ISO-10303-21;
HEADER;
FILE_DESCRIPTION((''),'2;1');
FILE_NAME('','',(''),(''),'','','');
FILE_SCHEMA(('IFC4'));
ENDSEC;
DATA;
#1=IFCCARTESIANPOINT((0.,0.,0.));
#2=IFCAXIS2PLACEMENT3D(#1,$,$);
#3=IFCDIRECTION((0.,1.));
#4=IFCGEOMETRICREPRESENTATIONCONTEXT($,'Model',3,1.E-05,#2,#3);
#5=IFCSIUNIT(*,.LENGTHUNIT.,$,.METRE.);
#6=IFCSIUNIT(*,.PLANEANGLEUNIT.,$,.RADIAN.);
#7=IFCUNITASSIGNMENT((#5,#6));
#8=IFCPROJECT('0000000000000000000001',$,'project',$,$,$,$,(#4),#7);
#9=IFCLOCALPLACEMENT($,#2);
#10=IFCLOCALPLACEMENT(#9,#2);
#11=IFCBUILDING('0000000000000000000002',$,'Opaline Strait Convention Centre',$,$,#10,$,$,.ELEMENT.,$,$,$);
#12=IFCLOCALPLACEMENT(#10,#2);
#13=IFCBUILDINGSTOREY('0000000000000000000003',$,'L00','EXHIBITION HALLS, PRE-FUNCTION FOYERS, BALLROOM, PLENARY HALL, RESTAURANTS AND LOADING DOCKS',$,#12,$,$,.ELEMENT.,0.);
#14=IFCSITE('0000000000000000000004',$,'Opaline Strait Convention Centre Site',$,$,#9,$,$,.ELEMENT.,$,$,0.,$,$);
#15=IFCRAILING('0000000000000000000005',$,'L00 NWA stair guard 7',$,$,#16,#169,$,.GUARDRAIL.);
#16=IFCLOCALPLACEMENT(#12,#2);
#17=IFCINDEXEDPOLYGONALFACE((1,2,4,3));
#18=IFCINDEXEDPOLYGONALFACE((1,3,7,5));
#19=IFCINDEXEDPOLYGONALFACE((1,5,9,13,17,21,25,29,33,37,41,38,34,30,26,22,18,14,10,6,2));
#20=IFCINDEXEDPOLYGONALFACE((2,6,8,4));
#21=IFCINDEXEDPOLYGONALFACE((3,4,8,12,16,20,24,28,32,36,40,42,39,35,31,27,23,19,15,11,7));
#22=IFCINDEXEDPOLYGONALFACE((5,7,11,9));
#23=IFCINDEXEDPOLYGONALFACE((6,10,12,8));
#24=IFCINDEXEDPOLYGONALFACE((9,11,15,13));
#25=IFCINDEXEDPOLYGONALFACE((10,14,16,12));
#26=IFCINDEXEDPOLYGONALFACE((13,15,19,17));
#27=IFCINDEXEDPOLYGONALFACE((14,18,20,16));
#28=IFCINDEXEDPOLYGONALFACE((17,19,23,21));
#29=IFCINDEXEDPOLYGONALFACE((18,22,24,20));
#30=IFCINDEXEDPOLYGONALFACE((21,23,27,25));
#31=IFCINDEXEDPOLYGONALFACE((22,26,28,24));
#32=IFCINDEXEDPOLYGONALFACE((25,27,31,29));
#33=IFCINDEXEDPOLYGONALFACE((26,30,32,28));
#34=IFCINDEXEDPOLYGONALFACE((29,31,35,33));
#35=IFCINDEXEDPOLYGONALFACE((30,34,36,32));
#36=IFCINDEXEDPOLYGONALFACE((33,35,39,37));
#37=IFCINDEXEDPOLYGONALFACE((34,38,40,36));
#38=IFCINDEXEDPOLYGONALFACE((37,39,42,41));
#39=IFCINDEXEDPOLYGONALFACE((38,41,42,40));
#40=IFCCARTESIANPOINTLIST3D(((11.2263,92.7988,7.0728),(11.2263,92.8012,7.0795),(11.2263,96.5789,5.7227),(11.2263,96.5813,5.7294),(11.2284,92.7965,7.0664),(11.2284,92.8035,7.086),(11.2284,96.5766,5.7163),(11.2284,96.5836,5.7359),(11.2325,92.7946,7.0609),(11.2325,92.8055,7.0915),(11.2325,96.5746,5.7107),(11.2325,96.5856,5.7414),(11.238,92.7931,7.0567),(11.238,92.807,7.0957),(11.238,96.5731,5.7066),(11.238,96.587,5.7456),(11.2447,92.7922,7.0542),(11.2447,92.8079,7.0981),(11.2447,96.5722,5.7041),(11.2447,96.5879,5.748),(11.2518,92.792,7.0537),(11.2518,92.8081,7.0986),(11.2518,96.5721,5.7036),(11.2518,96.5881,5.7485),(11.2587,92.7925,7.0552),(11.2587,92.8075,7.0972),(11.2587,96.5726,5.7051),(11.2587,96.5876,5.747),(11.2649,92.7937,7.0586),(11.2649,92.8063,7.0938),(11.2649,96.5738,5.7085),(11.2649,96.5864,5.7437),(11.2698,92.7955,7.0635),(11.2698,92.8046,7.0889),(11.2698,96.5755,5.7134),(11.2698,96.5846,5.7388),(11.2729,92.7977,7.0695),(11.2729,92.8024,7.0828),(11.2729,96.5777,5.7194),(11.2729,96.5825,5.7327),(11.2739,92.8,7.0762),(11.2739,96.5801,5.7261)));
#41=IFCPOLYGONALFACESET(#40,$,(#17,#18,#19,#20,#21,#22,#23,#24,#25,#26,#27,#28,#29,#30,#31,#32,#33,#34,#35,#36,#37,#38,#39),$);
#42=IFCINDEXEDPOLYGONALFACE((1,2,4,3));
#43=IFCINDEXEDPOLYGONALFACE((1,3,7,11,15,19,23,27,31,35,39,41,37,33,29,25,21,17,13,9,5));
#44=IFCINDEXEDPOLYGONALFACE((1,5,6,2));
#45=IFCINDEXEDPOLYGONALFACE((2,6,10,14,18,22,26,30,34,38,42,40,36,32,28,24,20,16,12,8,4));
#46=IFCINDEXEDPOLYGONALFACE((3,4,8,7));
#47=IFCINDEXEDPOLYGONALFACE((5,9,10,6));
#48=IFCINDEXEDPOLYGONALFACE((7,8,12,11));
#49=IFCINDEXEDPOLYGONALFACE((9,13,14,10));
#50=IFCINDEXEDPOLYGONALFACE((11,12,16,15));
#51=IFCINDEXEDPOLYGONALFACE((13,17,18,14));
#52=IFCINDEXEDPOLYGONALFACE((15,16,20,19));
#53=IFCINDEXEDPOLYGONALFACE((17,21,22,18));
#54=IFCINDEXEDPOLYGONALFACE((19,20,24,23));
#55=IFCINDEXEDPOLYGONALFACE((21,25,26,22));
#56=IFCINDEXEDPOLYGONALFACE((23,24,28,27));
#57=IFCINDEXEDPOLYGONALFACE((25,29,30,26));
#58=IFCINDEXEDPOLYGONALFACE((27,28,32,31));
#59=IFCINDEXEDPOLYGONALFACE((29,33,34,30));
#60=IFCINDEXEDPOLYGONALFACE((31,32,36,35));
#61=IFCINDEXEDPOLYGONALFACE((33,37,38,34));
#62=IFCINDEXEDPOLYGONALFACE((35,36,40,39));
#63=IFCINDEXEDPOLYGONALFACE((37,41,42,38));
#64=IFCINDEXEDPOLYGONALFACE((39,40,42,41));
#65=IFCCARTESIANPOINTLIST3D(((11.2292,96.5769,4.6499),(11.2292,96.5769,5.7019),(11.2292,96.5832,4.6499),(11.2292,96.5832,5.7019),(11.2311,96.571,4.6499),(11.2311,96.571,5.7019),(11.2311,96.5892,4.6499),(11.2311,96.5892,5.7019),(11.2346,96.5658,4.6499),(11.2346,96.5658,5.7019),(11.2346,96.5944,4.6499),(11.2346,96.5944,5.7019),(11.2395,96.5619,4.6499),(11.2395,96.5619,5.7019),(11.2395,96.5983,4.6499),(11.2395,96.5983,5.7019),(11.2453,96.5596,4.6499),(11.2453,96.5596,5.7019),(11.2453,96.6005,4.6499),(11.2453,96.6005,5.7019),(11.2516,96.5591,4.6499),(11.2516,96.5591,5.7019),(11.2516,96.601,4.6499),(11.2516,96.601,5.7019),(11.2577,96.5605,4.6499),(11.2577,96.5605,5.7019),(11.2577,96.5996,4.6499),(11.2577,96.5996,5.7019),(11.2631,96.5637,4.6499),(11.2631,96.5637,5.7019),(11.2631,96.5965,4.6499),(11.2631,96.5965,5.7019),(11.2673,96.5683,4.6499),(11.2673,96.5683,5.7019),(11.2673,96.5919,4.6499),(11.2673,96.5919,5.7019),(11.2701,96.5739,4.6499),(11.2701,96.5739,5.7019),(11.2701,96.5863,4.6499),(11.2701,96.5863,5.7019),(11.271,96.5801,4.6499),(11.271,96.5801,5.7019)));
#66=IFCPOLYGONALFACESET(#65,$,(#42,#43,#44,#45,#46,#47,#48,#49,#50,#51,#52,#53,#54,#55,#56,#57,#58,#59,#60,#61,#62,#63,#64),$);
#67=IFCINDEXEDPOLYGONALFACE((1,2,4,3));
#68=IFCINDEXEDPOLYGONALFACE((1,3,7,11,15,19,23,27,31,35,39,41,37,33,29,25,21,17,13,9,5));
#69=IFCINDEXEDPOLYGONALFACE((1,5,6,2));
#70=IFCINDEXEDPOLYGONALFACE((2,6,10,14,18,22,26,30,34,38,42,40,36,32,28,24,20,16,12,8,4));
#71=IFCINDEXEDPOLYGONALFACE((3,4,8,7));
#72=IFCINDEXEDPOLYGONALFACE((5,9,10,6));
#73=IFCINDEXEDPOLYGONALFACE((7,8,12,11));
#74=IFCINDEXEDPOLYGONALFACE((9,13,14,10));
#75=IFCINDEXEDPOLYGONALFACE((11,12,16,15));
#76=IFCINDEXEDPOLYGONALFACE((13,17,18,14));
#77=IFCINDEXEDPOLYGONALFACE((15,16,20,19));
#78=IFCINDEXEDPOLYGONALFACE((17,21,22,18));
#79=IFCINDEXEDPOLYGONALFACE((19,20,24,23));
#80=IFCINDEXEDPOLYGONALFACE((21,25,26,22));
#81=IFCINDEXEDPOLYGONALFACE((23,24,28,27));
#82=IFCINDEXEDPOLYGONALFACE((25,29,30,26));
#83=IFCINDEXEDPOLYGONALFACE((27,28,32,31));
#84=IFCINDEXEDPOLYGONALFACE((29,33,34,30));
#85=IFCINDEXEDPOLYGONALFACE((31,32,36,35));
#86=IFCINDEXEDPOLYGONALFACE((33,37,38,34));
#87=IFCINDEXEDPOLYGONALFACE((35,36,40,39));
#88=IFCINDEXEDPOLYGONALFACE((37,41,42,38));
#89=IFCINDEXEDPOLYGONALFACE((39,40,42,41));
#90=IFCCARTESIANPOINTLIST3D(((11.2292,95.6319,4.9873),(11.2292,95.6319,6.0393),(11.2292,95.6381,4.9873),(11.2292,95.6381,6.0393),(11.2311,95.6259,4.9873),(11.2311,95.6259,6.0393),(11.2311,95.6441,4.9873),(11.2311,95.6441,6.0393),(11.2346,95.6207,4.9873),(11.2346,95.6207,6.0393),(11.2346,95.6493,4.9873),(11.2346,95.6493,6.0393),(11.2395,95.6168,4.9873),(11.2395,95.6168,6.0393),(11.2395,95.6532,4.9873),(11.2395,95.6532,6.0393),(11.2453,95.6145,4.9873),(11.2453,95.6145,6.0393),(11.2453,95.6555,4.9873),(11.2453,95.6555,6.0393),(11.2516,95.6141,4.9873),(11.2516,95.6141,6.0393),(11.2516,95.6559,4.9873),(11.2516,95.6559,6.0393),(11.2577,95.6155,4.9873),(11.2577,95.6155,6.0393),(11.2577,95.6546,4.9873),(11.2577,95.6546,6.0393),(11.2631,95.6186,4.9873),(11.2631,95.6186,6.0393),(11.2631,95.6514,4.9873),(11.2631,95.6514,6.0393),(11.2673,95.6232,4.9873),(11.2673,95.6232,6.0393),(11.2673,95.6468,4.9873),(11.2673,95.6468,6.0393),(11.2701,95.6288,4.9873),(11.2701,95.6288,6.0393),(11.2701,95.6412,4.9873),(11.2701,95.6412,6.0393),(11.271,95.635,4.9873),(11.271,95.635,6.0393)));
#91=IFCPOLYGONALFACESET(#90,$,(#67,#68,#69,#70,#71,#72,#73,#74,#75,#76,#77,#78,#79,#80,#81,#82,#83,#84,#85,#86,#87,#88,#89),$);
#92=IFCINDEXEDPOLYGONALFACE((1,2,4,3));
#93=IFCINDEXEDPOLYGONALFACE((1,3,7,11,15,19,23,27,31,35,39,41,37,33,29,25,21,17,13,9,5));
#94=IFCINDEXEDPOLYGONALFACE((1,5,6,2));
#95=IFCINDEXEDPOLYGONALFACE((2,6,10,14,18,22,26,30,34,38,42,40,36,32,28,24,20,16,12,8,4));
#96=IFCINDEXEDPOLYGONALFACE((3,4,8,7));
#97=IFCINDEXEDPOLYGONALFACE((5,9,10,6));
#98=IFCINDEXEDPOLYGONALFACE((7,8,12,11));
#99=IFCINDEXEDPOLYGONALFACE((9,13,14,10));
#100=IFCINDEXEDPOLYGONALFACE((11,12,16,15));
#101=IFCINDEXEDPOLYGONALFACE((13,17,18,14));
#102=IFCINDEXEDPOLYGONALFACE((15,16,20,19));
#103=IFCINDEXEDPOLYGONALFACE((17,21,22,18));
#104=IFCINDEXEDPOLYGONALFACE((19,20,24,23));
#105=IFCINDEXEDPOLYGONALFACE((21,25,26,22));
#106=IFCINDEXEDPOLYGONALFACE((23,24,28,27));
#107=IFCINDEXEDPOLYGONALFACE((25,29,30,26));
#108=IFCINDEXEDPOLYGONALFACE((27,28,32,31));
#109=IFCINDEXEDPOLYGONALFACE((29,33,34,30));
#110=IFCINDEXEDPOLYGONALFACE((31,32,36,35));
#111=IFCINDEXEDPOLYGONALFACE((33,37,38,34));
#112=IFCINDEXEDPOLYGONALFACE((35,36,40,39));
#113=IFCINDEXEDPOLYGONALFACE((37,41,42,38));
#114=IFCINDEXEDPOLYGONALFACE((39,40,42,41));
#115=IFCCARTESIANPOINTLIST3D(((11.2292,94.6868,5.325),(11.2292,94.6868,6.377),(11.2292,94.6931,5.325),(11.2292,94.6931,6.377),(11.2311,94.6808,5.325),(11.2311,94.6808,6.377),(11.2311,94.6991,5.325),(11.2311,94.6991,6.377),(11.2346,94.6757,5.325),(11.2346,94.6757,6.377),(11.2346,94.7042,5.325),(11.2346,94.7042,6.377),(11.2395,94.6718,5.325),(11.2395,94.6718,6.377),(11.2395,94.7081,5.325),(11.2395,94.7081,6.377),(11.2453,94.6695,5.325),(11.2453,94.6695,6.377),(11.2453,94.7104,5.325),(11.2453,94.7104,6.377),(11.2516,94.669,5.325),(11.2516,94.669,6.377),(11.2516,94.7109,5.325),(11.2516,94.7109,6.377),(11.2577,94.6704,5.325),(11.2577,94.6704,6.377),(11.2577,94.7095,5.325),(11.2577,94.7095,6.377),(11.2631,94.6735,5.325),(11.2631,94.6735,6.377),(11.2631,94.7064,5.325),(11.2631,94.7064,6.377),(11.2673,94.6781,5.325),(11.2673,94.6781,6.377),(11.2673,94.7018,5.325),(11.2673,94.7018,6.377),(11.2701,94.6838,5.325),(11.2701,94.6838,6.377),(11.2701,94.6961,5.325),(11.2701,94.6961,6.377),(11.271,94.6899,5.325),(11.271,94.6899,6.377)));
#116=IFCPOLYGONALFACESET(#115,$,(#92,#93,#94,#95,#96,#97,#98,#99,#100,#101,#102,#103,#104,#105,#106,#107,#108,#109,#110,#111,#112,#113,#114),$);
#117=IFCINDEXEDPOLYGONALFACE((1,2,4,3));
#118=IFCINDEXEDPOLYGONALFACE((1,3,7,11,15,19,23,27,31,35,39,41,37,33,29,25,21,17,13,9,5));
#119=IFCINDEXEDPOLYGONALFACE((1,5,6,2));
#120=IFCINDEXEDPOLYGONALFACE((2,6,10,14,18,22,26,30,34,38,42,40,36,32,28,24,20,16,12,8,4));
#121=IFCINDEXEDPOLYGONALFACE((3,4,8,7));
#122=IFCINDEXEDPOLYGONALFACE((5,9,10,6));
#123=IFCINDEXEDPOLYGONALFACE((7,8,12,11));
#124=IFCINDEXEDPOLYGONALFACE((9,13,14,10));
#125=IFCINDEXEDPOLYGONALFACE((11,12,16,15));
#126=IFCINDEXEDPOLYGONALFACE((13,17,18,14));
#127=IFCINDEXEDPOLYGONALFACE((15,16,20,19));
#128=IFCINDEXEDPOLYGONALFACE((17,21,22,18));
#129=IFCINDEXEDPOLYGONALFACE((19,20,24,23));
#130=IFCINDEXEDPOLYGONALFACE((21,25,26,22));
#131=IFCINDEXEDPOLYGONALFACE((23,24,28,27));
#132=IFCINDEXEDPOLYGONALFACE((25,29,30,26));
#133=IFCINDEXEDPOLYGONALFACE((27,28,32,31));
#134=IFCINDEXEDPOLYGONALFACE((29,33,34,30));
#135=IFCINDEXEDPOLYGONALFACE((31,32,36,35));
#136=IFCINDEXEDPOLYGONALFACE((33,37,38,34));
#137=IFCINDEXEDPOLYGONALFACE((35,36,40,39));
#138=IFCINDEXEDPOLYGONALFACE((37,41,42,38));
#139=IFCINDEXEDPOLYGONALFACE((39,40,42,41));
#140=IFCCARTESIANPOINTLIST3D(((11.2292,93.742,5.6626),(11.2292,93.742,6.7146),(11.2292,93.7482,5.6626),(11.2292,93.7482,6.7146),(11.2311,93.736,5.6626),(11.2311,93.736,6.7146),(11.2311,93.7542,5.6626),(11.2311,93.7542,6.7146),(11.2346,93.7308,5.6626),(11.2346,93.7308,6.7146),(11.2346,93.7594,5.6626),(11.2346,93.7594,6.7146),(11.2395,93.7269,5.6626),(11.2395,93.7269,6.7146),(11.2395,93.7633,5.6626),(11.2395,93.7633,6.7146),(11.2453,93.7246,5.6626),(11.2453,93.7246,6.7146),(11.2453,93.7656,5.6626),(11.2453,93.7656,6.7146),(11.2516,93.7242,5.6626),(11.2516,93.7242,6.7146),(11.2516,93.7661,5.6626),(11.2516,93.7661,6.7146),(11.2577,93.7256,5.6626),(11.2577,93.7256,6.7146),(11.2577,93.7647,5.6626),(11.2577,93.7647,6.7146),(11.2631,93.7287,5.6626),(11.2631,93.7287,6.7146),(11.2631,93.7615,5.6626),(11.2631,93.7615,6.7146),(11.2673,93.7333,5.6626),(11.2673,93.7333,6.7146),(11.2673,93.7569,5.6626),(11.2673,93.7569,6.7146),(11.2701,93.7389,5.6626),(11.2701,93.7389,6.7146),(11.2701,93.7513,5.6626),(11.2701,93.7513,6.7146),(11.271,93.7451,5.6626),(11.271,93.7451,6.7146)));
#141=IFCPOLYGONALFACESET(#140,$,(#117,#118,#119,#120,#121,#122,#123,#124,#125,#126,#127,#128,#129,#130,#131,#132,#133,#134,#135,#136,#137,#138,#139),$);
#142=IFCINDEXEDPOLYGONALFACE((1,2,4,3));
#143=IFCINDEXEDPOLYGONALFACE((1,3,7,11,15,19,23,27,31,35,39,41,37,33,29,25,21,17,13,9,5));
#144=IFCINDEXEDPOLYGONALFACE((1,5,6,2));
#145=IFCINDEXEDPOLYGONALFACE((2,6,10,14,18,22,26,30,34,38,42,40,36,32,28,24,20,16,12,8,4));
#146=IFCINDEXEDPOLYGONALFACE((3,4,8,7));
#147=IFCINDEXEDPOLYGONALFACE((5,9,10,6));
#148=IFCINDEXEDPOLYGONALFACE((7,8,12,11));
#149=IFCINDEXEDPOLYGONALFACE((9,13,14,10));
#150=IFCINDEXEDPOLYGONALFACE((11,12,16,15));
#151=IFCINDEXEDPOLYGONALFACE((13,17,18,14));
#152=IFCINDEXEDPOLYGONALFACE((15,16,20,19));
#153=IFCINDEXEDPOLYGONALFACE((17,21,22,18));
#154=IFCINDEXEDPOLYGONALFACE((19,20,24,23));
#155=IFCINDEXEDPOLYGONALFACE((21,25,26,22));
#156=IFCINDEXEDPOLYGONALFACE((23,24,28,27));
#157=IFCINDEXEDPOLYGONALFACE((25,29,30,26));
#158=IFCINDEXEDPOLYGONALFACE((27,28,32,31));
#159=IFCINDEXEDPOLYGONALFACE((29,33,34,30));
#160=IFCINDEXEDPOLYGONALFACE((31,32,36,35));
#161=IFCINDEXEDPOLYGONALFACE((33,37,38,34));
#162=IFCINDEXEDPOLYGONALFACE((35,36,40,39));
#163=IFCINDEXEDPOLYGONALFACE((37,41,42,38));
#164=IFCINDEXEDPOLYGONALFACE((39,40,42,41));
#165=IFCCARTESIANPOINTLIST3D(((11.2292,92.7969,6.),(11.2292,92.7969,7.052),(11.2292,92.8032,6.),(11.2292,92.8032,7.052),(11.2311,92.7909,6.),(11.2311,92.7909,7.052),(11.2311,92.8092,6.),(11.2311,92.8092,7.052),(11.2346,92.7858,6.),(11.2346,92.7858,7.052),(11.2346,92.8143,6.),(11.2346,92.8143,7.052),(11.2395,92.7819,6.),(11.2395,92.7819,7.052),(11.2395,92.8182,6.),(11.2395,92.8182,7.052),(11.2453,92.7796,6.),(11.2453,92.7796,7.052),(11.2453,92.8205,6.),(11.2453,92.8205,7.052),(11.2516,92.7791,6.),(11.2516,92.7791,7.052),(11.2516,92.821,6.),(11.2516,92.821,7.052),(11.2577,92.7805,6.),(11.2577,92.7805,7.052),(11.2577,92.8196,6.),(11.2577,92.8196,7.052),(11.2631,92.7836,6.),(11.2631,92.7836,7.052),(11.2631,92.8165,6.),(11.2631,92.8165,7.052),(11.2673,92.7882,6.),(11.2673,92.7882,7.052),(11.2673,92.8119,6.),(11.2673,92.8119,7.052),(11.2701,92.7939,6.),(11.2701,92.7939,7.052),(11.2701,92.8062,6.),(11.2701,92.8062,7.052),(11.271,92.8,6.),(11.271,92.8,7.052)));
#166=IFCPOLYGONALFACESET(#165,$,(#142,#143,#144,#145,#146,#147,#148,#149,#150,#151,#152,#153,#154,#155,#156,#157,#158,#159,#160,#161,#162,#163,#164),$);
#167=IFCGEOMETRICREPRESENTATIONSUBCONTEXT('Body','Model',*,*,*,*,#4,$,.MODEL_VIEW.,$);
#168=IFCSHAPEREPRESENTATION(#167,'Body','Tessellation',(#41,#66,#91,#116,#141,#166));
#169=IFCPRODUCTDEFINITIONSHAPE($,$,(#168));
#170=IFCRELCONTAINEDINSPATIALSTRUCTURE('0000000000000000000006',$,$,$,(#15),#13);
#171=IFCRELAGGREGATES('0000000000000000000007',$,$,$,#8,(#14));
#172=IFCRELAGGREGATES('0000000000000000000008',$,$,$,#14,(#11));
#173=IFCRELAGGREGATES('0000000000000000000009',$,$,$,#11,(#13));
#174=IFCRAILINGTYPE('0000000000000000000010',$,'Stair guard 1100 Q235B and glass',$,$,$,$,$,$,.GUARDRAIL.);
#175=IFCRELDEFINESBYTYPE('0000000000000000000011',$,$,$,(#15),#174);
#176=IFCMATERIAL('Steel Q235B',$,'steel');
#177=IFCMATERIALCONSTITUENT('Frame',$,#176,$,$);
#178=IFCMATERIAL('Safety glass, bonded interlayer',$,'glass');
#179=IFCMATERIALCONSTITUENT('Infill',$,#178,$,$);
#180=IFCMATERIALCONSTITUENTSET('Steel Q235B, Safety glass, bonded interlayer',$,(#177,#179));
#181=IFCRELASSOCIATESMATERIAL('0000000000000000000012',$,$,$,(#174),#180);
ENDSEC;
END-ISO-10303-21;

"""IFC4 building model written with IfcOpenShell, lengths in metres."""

from ifc_helpers import new_model, si_unit, direction, frame, origin, origin_2d, place, context, subcontext, project, spatial, circle, extrude, material, constituent, constituent_set, type_object, element, save


model = new_model("IFC4")

# Units and contexts
model_context = context("Model", 3, precision=1e-05, world=origin(), true_north=direction((0.0, 1.0)))
body_context = subcontext(model_context, "Body", "Model", "MODEL_VIEW")
ifc_project = project(units=[si_unit("LENGTHUNIT", "METRE"), si_unit("PLANEANGLEUNIT", "RADIAN")], contexts=[model_context])

# Site, building, storey
site_placement = place(None, origin())
site = spatial("IfcSite", under=ifc_project, at=site_placement, Name="Opaline Strait Convention Centre Site", CompositionType="ELEMENT", RefElevation=0.0)
building_placement = place(site_placement, origin())
building = spatial("IfcBuilding", under=site, at=building_placement, Name="Opaline Strait Convention Centre", CompositionType="ELEMENT")
storey_placement = place(building_placement, origin())
storey = spatial("IfcBuildingStorey", under=building, at=storey_placement, Name="L00", Description="EXHIBITION HALLS, PRE-FUNCTION FOYERS, BALLROOM, PLENARY HALL, RESTAURANTS AND LOADING DOCKS", CompositionType="ELEMENT", Elevation=0.0)

# Railing
ifc_material_1 = material(Name="Steel Q235B", Category="steel")
ifc_constituent_1 = constituent(ifc_material_1, Name="Frame")
ifc_material_2 = material(Name="Safety glass, bonded interlayer", Category="glass")
ifc_constituent_2 = constituent(ifc_material_2, Name="Infill")
ifc_constituent_set = constituent_set(constituents=[ifc_constituent_1, ifc_constituent_2], Name="Steel Q235B, Safety glass, bonded interlayer")
railing_type_1 = type_object("IfcRailingType", Name="Stair guard 1100 Q235B and glass", PredefinedType="GUARDRAIL", material=ifc_constituent_set)
railing_1_placement = place(storey_placement, frame((11.25, 96.5801, 4.6499)))
element("IfcRailing", 1, at=railing_1_placement, inside=storey, type_object=railing_type_1, Name="L00 NWA stair guard 7", PredefinedType="GUARDRAIL", context=body_context, shape_type="SweptSolid", body=[
    extrude(circle(Radius=0.0239, at=origin_2d()), frame((0.0, 0.0, 1.0762), z_axis=(0.0, -0.941735, 0.336356), x_axis=(1.0, 0.0, 0.0)), (0.0, 0.0, 1.0), 4.0139),
    extrude(circle(Radius=0.021, at=origin_2d()), origin(), (0.0, 0.0, 1.0), 1.052),
    extrude(circle(Radius=0.021, at=origin_2d()), frame((0.0, -0.9451, 0.3374)), (0.0, 0.0, 1.0), 1.052),
    extrude(circle(Radius=0.021, at=origin_2d()), frame((0.0, -1.8901, 0.675)), (0.0, 0.0, 1.0), 1.052),
    extrude(circle(Radius=0.021, at=origin_2d()), frame((0.0, -2.835, 1.0127)), (0.0, 0.0, 1.0), 1.052),
    extrude(circle(Radius=0.021, at=origin_2d()), frame((0.0, -3.78, 1.3501)), (0.0, 0.0, 1.0), 1.052),
])

save(model, "model.ifc")
